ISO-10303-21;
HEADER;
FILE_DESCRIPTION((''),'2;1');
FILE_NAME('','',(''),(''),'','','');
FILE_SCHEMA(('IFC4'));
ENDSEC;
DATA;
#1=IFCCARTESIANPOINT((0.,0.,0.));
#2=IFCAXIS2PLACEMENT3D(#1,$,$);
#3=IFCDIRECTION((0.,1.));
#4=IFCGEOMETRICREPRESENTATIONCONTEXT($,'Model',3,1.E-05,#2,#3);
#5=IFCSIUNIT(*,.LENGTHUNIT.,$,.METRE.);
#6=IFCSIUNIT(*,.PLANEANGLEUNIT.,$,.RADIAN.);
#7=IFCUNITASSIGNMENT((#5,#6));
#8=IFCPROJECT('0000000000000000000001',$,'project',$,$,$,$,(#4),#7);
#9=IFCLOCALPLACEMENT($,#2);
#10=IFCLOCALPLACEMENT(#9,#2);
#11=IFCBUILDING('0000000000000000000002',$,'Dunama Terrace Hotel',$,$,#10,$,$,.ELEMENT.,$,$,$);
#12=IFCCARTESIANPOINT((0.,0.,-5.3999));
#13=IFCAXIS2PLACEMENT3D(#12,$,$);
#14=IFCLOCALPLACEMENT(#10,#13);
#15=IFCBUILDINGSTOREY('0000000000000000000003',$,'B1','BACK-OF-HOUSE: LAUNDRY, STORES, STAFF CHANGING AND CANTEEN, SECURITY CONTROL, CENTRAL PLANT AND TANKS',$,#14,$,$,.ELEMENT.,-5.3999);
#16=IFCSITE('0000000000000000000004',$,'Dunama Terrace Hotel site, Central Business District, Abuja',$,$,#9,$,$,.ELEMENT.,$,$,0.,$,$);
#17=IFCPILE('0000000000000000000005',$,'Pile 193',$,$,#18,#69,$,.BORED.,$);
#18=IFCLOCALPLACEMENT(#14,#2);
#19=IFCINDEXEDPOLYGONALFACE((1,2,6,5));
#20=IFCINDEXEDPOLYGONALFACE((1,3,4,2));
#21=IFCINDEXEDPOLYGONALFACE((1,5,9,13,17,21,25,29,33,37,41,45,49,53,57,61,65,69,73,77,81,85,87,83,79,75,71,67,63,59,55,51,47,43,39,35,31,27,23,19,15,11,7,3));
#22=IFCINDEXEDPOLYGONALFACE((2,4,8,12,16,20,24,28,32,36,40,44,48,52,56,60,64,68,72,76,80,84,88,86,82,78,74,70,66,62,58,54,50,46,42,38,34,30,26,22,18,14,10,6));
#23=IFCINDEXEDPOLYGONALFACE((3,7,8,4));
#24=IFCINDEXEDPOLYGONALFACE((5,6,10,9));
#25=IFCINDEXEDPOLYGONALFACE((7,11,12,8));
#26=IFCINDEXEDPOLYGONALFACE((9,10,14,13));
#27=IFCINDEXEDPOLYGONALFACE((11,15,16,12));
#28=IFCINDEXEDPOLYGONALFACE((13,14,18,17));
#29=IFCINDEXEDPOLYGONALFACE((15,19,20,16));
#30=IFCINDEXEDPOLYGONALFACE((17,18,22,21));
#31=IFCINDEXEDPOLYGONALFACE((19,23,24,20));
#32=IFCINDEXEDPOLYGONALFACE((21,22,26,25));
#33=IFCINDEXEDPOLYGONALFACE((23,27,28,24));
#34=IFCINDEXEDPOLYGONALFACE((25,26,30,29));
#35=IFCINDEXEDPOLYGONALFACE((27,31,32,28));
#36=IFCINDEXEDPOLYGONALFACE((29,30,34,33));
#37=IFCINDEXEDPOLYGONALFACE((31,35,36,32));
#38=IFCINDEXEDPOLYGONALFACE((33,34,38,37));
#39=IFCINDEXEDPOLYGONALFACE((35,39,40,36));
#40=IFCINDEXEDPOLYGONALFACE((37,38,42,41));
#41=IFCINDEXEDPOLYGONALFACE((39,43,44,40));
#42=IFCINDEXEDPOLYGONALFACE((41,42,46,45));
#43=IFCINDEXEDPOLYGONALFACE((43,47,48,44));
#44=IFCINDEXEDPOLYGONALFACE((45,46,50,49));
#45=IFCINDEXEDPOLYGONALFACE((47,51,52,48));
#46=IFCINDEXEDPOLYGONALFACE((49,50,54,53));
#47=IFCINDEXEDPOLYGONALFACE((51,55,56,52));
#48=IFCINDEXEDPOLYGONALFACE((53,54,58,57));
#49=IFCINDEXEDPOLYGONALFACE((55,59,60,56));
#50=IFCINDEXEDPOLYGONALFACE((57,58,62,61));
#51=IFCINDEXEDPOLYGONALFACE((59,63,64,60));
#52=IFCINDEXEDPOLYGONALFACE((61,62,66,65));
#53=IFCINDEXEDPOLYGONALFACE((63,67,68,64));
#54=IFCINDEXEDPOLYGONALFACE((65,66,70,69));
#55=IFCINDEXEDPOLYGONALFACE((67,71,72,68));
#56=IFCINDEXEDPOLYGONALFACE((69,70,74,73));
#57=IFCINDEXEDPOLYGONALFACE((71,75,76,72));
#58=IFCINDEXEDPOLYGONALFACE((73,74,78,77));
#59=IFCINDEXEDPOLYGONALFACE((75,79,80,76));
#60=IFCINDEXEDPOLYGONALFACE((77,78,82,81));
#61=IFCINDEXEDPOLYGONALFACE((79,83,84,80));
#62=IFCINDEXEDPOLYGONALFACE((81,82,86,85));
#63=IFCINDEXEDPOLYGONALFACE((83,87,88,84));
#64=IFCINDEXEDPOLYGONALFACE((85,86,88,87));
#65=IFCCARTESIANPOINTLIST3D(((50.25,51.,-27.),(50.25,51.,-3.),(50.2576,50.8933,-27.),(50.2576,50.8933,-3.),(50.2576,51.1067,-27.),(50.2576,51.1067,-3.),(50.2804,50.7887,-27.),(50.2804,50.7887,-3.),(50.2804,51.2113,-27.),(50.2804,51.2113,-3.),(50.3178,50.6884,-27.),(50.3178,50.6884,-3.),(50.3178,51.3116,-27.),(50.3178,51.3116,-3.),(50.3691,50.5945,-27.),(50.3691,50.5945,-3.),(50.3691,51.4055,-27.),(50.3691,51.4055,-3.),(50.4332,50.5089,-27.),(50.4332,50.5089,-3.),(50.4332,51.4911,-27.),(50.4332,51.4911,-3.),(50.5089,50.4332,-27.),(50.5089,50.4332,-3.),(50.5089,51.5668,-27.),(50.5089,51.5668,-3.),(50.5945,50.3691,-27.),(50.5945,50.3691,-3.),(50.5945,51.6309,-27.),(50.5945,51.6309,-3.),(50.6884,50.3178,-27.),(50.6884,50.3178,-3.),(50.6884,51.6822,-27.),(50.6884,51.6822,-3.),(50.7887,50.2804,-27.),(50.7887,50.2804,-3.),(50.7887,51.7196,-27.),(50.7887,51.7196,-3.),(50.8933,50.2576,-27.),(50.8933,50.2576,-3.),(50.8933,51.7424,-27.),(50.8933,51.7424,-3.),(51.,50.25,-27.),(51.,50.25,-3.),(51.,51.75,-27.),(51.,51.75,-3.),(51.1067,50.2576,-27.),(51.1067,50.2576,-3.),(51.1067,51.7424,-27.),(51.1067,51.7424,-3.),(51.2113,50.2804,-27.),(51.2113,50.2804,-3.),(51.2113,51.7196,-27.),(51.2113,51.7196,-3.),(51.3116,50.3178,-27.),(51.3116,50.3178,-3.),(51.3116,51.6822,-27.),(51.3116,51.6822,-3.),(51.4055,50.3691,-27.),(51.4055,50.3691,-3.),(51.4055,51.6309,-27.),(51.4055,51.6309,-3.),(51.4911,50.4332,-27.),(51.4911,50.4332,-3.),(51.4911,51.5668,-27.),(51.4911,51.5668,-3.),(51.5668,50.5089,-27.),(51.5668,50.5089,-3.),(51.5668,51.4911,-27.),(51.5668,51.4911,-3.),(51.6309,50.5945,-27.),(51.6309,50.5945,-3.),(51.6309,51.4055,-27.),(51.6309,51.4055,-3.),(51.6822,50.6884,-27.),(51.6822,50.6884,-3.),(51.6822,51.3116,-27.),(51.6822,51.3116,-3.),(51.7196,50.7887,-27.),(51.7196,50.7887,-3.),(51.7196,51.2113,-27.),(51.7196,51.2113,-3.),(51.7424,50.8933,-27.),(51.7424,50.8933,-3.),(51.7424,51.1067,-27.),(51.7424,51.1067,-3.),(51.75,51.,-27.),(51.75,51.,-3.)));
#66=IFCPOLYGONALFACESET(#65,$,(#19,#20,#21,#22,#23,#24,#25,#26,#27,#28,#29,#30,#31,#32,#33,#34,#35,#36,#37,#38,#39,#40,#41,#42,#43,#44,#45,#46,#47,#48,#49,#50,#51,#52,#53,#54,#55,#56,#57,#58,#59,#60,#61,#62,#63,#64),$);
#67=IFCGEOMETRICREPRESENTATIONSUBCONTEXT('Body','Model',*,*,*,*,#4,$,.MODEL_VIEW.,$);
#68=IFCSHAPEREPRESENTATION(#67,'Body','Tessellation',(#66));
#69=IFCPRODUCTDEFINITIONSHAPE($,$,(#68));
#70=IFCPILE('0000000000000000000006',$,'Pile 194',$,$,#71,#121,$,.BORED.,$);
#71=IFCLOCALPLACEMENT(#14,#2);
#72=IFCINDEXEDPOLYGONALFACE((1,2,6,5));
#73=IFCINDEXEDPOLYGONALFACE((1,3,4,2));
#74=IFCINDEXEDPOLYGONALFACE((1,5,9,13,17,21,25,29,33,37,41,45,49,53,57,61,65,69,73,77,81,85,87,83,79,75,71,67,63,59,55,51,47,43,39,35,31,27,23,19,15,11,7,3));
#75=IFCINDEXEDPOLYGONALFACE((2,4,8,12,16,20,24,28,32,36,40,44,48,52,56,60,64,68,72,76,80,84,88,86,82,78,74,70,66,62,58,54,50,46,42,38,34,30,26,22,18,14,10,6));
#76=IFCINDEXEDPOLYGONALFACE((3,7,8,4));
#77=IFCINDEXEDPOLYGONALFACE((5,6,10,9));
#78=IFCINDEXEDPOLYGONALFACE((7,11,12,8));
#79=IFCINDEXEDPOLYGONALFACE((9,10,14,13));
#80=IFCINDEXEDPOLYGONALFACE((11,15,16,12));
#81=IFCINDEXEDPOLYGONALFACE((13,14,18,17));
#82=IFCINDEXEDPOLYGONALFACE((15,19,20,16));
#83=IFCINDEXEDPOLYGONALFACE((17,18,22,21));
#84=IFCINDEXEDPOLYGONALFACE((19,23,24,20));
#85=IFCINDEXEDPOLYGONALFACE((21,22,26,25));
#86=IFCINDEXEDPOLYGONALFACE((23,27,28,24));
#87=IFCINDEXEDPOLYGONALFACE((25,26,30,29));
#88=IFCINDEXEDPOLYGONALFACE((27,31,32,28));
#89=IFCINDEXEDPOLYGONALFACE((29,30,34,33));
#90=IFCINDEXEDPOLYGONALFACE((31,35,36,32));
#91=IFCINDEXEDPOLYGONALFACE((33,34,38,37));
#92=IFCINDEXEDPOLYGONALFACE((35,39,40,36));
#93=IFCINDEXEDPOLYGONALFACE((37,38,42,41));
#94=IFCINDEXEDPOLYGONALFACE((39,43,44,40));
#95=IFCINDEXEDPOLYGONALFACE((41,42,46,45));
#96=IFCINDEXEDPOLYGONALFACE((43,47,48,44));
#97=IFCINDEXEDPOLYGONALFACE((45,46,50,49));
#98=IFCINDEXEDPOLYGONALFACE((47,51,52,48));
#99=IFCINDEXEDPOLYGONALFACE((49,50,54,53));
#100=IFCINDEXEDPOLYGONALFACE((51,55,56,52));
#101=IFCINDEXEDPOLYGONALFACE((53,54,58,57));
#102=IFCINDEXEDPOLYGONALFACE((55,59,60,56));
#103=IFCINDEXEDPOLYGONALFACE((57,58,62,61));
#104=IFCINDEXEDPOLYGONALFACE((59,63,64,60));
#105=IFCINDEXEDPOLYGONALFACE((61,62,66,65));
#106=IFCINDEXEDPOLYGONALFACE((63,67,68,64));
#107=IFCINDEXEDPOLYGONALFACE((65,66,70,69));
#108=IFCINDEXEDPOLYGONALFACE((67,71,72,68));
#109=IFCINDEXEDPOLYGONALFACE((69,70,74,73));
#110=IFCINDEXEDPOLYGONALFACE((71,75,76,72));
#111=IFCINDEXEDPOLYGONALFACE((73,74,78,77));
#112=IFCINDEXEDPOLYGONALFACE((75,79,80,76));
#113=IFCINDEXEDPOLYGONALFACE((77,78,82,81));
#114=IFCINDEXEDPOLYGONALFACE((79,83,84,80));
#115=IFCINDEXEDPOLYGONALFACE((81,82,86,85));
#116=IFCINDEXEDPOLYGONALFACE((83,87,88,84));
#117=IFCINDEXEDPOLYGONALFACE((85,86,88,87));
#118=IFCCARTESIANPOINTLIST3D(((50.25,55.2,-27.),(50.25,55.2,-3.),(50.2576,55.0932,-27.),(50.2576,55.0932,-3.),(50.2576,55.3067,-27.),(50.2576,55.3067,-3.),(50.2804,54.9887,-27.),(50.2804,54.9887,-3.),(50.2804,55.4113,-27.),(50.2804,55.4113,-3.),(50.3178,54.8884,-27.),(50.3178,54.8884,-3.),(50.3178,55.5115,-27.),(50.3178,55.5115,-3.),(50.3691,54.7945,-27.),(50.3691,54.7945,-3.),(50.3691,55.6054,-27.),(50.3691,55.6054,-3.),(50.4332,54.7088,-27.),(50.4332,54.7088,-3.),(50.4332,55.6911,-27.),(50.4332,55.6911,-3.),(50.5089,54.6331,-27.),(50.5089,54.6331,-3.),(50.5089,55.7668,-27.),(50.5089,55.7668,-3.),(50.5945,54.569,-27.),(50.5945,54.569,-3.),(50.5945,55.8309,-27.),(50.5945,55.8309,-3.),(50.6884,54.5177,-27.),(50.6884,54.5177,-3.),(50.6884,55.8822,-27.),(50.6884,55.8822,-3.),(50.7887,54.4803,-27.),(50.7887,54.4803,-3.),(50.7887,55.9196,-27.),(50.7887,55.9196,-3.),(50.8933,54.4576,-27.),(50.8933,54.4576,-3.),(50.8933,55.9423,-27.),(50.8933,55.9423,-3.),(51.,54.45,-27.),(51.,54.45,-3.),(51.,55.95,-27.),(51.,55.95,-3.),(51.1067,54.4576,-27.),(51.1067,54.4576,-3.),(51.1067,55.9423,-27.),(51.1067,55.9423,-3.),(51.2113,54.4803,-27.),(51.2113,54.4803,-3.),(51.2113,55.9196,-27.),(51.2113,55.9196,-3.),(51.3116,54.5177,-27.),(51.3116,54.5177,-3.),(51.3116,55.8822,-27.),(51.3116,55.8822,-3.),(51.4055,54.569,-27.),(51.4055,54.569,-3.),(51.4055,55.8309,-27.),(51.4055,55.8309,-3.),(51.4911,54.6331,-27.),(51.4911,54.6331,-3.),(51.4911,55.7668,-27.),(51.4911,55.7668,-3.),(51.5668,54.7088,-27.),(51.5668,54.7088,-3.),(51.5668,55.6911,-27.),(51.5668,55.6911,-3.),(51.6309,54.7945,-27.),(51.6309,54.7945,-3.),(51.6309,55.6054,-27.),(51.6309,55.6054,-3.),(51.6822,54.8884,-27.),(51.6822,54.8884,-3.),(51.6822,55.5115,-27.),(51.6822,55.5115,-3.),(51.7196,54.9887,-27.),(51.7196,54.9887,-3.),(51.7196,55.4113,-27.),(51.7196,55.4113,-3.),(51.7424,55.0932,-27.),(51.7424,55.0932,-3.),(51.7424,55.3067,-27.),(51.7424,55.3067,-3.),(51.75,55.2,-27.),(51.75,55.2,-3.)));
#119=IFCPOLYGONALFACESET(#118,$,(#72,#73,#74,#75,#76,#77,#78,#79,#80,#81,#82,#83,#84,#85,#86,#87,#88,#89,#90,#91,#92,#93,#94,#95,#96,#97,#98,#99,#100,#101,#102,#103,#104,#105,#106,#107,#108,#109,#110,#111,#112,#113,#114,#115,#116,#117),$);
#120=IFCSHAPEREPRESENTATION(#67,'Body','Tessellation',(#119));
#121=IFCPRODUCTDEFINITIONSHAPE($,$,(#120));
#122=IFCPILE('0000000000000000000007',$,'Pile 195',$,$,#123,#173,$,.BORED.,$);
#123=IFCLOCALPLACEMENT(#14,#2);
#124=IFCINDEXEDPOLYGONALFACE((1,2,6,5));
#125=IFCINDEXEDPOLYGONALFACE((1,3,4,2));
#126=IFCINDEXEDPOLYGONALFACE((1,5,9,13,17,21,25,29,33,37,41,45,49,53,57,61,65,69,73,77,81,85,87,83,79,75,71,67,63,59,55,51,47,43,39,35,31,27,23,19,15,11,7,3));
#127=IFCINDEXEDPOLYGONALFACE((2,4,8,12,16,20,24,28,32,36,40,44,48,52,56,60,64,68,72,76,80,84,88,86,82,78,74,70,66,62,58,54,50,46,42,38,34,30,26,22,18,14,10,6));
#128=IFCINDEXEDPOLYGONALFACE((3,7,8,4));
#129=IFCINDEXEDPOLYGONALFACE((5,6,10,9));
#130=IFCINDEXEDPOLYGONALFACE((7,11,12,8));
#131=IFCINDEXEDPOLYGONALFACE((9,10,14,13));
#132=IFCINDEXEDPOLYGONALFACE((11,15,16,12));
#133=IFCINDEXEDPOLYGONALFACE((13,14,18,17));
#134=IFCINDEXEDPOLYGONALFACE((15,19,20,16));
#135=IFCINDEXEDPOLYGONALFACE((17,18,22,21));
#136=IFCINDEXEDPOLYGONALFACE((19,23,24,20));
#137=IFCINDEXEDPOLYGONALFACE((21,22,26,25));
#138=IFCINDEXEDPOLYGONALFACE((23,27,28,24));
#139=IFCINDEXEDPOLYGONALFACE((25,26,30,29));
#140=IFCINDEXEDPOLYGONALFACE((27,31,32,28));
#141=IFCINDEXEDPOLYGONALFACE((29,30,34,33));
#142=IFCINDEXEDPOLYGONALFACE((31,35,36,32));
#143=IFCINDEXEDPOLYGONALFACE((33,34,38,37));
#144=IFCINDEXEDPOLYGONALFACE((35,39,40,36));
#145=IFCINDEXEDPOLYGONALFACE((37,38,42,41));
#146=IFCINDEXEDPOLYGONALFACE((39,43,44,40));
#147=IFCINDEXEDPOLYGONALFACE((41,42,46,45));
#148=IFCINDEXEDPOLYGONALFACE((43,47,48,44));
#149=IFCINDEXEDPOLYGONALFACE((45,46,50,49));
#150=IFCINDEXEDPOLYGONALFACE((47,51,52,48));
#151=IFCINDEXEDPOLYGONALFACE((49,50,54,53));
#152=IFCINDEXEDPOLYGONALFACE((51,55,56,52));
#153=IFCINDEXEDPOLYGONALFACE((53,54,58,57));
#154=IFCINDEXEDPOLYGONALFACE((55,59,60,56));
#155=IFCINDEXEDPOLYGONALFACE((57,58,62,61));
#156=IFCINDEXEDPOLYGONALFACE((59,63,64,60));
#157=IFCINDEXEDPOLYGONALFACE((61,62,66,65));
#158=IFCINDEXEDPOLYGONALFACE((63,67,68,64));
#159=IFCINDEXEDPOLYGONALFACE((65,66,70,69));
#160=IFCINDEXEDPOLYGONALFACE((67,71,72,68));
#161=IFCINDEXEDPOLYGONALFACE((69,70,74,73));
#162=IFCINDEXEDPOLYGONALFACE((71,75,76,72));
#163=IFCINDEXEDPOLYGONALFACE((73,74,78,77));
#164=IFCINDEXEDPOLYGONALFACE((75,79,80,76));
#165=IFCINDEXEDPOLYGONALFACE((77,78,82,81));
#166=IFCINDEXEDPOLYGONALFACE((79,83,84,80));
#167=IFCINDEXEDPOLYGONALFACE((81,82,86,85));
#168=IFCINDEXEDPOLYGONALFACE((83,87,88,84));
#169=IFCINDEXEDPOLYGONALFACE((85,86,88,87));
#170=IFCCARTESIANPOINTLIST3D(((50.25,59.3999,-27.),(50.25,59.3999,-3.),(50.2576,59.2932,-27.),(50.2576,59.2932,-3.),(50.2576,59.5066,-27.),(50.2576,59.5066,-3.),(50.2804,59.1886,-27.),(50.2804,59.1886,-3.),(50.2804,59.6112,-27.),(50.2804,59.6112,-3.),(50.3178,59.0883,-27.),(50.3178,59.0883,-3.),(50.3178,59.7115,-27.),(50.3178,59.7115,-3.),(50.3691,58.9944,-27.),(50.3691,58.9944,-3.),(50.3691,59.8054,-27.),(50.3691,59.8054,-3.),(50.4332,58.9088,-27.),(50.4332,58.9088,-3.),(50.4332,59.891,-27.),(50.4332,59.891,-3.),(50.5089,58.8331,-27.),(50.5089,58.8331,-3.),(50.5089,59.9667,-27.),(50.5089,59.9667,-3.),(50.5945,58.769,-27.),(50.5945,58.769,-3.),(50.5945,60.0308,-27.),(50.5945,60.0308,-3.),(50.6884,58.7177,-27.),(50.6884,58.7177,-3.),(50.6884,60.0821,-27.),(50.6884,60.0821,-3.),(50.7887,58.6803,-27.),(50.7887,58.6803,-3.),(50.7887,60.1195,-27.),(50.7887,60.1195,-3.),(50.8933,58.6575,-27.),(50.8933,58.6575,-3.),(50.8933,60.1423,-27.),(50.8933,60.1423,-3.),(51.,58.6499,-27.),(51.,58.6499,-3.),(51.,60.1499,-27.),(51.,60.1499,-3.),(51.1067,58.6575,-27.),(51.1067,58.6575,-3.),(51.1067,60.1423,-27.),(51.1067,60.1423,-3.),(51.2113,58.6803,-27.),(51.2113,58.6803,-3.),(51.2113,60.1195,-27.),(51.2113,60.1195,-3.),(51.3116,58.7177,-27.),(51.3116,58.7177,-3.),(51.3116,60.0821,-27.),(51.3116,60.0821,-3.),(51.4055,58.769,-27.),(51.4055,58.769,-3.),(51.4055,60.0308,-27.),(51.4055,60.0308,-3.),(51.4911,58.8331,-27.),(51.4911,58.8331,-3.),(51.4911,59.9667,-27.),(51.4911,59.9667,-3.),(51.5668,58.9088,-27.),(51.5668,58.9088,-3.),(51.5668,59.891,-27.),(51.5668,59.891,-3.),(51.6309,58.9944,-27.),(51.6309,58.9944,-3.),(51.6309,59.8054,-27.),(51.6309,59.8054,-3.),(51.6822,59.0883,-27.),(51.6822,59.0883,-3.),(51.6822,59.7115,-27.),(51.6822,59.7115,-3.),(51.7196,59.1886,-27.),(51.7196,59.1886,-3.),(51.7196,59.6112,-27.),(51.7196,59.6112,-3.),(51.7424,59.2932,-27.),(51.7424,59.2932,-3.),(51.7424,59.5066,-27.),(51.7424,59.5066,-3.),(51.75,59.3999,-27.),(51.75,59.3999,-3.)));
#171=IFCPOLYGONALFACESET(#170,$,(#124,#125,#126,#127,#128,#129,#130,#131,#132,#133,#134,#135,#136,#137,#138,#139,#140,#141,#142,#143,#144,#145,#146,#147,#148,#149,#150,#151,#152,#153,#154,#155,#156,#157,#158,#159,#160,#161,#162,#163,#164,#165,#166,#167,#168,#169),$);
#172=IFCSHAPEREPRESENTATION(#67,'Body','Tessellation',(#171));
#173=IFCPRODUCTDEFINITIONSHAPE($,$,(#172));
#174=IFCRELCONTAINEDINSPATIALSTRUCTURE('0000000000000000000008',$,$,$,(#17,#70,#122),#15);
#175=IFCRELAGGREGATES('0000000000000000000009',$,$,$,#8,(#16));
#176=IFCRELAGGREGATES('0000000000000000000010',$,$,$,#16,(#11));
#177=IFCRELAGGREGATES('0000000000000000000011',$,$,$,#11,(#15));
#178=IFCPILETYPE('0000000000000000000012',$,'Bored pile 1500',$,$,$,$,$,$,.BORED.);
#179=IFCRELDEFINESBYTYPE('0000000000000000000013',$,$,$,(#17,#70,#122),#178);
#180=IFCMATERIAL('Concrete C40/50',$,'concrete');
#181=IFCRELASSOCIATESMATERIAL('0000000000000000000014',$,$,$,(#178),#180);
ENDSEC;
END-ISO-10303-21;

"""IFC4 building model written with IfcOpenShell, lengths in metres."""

from ifc_helpers import new_model, si_unit, direction, frame, origin, origin_2d, place, context, subcontext, project, spatial, circle, extrude, material, material_profile, profile_set, type_object, element, save


model = new_model("IFC4")

# Units and contexts
model_context = context("Model", 3, precision=1e-05, world=origin(), true_north=direction((0.0, 1.0)))
body_context = subcontext(model_context, "Body", "Model", "MODEL_VIEW")
ifc_project = project(units=[si_unit("LENGTHUNIT", "METRE"), si_unit("PLANEANGLEUNIT", "RADIAN")], contexts=[model_context])

# Site, building, storey
site_placement = place(None, origin())
site = spatial("IfcSite", under=ifc_project, at=site_placement, Name="Dunama Terrace Hotel site, Central Business District, Abuja", CompositionType="ELEMENT", RefElevation=0.0)
building_placement = place(site_placement, origin())
building = spatial("IfcBuilding", under=site, at=building_placement, Name="Dunama Terrace Hotel", CompositionType="ELEMENT")
storey_placement = place(building_placement, frame((0.0, 0.0, -5.3999)))
storey = spatial("IfcBuildingStorey", under=building, at=storey_placement, Name="B1", Description="BACK-OF-HOUSE: LAUNDRY, STORES, STAFF CHANGING AND CANTEEN, SECURITY CONTROL, CENTRAL PLANT AND TANKS", CompositionType="ELEMENT", Elevation=-5.3999)

# Piles
ifc_material_1 = material(Name="Concrete C40/50", Category="concrete")
ifc_material_profile_1 = material_profile(ifc_material_1, circle(Radius=0.75, at=origin_2d()), Name="PILE D1500")
ifc_profile_set_1 = profile_set([ifc_material_profile_1], Name="Concrete C40/50")
pile_type = type_object("IfcPileType", Name="Bored pile 1500", PredefinedType="BORED", material=ifc_profile_set_1)
for number, where, z_axis, x_axis, name in (
    (1, (51.0, 51.0, -3.0), (0.0, 0.0, -1.0), (1.0, 0.0, 0.0), "Pile 193"),
    (2, (51.0, 55.2, -3.0), (0.0, 0.0, -1.0), (1.0, 0.0, 0.0), "Pile 194"),
    (3, (51.0, 59.3999, -3.0), (0.0, 0.0, -1.0), (1.0, 0.0, 0.0), "Pile 195"),
):
    element("IfcPile", number, at=place(storey_placement, frame(where, z_axis=z_axis, x_axis=x_axis)), inside=storey, type_object=pile_type, Name=name, PredefinedType="BORED", context=body_context, shape_type="SweptSolid", body=[
        extrude(circle(Radius=0.75, at=origin_2d()), origin(), (0.0, 0.0, 1.0), 24.0),
    ])

save(model, "model.ifc")
